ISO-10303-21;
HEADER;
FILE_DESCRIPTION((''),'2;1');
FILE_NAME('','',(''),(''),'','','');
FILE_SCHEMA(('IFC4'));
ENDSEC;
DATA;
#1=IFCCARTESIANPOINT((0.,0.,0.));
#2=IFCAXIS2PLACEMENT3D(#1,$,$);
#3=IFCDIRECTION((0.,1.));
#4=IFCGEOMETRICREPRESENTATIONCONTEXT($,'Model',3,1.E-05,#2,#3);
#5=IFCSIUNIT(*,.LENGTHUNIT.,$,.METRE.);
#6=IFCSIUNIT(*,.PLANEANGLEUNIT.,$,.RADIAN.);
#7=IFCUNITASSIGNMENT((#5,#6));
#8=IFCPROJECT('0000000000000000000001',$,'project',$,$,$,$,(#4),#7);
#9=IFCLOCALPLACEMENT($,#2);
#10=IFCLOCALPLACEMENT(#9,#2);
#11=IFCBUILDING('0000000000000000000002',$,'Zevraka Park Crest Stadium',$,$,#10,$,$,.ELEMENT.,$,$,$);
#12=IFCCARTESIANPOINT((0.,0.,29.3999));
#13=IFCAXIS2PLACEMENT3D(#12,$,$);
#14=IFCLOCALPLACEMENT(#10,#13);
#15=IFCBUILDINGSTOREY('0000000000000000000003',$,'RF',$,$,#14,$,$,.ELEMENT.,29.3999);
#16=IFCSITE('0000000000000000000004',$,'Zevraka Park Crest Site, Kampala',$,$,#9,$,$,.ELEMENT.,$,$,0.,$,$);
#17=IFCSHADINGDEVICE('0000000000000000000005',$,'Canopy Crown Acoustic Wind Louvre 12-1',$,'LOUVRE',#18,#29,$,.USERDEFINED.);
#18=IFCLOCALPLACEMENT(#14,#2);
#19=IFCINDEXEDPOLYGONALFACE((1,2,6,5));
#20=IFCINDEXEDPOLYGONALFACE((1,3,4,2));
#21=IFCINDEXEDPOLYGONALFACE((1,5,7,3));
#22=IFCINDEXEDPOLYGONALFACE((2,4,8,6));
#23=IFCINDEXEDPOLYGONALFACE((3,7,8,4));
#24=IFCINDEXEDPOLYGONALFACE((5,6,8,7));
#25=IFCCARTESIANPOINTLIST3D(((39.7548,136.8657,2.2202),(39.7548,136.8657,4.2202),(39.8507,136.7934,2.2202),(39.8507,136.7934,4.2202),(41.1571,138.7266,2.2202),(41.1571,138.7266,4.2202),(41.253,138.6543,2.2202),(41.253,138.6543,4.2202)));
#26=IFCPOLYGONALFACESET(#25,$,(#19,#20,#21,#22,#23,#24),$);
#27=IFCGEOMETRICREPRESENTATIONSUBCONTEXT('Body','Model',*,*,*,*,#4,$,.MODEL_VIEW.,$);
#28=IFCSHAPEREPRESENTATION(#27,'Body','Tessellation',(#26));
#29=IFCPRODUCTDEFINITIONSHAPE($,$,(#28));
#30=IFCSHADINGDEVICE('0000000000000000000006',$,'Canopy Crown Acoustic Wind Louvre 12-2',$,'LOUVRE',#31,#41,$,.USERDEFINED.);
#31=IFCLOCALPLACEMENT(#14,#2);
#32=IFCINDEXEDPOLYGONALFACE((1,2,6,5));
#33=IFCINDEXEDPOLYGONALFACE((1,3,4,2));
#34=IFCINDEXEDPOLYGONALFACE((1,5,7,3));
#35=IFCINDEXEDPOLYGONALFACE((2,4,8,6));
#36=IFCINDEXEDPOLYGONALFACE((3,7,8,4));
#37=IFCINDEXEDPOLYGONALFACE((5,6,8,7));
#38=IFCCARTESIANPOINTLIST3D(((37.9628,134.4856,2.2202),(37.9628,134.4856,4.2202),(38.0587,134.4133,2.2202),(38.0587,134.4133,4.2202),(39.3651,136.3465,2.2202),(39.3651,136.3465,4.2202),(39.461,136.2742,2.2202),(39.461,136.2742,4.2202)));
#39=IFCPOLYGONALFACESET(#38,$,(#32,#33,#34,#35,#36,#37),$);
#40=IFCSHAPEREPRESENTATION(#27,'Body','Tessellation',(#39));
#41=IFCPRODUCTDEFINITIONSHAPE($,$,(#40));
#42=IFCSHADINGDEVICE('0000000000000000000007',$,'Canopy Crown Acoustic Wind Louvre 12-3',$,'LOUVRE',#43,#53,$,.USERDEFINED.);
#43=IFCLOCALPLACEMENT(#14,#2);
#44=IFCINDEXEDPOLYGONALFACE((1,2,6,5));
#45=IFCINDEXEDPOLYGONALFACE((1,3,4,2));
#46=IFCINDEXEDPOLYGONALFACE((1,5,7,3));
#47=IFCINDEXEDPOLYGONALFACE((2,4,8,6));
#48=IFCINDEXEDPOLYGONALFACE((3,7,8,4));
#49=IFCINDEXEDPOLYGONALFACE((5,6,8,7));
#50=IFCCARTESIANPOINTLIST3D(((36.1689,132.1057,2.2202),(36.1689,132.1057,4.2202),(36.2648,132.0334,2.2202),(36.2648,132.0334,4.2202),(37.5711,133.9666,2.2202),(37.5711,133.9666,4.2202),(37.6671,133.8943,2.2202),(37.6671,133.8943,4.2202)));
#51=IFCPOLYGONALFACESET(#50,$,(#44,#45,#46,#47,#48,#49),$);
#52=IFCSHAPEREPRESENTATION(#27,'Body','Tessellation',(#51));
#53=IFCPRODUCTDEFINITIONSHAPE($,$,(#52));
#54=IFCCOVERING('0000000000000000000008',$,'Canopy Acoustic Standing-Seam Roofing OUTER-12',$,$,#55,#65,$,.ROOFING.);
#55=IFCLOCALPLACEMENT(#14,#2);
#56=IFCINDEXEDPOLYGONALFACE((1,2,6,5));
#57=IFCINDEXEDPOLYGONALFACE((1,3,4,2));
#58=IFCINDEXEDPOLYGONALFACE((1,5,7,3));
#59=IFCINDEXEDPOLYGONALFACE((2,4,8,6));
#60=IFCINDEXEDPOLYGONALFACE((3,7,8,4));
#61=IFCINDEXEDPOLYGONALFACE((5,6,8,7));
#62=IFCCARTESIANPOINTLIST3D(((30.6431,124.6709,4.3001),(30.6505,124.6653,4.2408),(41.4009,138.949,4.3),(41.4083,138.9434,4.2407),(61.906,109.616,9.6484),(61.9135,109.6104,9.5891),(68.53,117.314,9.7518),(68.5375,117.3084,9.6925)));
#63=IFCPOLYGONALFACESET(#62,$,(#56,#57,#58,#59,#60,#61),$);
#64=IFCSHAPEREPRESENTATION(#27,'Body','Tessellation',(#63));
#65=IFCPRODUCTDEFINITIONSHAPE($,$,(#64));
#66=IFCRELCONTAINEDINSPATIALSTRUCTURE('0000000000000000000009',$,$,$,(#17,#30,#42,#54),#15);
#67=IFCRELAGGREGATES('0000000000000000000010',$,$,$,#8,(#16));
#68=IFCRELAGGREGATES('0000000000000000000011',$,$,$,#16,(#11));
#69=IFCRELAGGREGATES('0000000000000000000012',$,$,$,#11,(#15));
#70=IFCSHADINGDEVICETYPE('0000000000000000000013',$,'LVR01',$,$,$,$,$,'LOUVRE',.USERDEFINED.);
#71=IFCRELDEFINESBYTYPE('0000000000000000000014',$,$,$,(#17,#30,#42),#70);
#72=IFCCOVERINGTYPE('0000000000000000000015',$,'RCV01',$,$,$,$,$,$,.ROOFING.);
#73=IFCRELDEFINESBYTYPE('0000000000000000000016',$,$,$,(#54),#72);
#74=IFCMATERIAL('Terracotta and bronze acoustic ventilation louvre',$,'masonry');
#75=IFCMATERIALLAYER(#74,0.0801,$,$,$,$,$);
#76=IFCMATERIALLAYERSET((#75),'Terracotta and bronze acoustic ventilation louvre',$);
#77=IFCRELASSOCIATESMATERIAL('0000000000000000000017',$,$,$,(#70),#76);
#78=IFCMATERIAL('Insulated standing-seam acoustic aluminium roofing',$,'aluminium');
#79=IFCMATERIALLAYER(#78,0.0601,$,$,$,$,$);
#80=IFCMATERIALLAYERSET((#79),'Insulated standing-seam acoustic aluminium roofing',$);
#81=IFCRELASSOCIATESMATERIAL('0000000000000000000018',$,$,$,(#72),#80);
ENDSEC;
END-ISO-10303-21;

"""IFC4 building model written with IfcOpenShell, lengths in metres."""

from ifc_helpers import new_model, si_unit, direction, frame, origin, origin_2d, place, context, subcontext, project, spatial, polyline, rectangle, outline, extrude, material, layer, layer_set, type_object, element, save


model = new_model("IFC4")

# Units and contexts
model_context = context("Model", 3, precision=1e-05, world=origin(), true_north=direction((0.0, 1.0)))
body_context = subcontext(model_context, "Body", "Model", "MODEL_VIEW")
ifc_project = project(units=[si_unit("LENGTHUNIT", "METRE"), si_unit("PLANEANGLEUNIT", "RADIAN")], contexts=[model_context])

# Site, building, storey
site_placement = place(None, origin())
site = spatial("IfcSite", under=ifc_project, at=site_placement, Name="Zevraka Park Crest Site, Kampala", CompositionType="ELEMENT", RefElevation=0.0)
building_placement = place(site_placement, origin())
building = spatial("IfcBuilding", under=site, at=building_placement, Name="Zevraka Park Crest Stadium", CompositionType="ELEMENT")
storey_placement = place(building_placement, frame((0.0, 0.0, 29.3999)))
storey = spatial("IfcBuildingStorey", under=building, at=storey_placement, Name="RF", CompositionType="ELEMENT", Elevation=29.3999)

# Shading devices
ifc_material_1 = material(Name="Terracotta and bronze acoustic ventilation louvre", Category="masonry")
ifc_layer_1 = layer(ifc_material_1, 0.0801)
ifc_layer_set_1 = layer_set([ifc_layer_1], Name="Terracotta and bronze acoustic ventilation louvre")
shading_device_type = type_object("IfcShadingDeviceType", Name="LVR01", ElementType="LOUVRE", PredefinedType="USERDEFINED", material=ifc_layer_set_1)
for number, where, z_axis, x_axis, name in (
    (1, (40.5039, 137.76, 2.2202), (0.0, 0.0, 1.0), (-0.601815, -0.798636, 0.0), "Canopy Crown Acoustic Wind Louvre 12-1"),
    (2, (38.7119, 135.3799, 2.2202), (0.0, 0.0, 1.0), (-0.601815, -0.798636, 0.0), "Canopy Crown Acoustic Wind Louvre 12-2"),
    (3, (36.918, 133.0, 2.2202), (0.0, 0.0, 1.0), (-0.601815, -0.798636, 0.0), "Canopy Crown Acoustic Wind Louvre 12-3"),
):
    element("IfcShadingDevice", number, at=place(storey_placement, frame(where, z_axis=z_axis, x_axis=x_axis)), inside=storey, type_object=shading_device_type, Name=name, ObjectType="LOUVRE", PredefinedType="USERDEFINED", context=body_context, shape_type="SweptSolid", body=[
        extrude(rectangle(XDim=2.3301, YDim=0.1201, at=origin_2d()), origin(), (0.0, 0.0, 1.0), 2.0),
    ])

# Covering
ifc_material_2 = material(Name="Insulated standing-seam acoustic aluminium roofing", Category="aluminium")
ifc_layer_2 = layer(ifc_material_2, 0.0601)
ifc_layer_set_2 = layer_set([ifc_layer_2], Name="Insulated standing-seam acoustic aluminium roofing")
covering_type_1 = type_object("IfcCoveringType", Name="RCV01", PredefinedType="ROOFING", material=ifc_layer_set_2)
covering_1_placement = place(storey_placement, frame((41.4009, 138.949, 4.3), z_axis=(-0.124004, 0.093438, 0.987873), x_axis=(-0.601763, -0.798675, 0.000006)))
element("IfcCovering", 4, at=covering_1_placement, inside=storey, type_object=covering_type_1, Name="Canopy Acoustic Standing-Seam Roofing OUTER-12", PredefinedType="ROOFING", context=body_context, shape_type="SweptSolid", body=[
    extrude(outline(polyline([(0.0, 0.0), (17.8772, 0.0), (11.0884, 34.4462), (0.9541, 35.1123), (0.0, 0.0)])), origin(), (0.0, 0.0, -1.0), 0.0601),
])

save(model, "model.ifc")
